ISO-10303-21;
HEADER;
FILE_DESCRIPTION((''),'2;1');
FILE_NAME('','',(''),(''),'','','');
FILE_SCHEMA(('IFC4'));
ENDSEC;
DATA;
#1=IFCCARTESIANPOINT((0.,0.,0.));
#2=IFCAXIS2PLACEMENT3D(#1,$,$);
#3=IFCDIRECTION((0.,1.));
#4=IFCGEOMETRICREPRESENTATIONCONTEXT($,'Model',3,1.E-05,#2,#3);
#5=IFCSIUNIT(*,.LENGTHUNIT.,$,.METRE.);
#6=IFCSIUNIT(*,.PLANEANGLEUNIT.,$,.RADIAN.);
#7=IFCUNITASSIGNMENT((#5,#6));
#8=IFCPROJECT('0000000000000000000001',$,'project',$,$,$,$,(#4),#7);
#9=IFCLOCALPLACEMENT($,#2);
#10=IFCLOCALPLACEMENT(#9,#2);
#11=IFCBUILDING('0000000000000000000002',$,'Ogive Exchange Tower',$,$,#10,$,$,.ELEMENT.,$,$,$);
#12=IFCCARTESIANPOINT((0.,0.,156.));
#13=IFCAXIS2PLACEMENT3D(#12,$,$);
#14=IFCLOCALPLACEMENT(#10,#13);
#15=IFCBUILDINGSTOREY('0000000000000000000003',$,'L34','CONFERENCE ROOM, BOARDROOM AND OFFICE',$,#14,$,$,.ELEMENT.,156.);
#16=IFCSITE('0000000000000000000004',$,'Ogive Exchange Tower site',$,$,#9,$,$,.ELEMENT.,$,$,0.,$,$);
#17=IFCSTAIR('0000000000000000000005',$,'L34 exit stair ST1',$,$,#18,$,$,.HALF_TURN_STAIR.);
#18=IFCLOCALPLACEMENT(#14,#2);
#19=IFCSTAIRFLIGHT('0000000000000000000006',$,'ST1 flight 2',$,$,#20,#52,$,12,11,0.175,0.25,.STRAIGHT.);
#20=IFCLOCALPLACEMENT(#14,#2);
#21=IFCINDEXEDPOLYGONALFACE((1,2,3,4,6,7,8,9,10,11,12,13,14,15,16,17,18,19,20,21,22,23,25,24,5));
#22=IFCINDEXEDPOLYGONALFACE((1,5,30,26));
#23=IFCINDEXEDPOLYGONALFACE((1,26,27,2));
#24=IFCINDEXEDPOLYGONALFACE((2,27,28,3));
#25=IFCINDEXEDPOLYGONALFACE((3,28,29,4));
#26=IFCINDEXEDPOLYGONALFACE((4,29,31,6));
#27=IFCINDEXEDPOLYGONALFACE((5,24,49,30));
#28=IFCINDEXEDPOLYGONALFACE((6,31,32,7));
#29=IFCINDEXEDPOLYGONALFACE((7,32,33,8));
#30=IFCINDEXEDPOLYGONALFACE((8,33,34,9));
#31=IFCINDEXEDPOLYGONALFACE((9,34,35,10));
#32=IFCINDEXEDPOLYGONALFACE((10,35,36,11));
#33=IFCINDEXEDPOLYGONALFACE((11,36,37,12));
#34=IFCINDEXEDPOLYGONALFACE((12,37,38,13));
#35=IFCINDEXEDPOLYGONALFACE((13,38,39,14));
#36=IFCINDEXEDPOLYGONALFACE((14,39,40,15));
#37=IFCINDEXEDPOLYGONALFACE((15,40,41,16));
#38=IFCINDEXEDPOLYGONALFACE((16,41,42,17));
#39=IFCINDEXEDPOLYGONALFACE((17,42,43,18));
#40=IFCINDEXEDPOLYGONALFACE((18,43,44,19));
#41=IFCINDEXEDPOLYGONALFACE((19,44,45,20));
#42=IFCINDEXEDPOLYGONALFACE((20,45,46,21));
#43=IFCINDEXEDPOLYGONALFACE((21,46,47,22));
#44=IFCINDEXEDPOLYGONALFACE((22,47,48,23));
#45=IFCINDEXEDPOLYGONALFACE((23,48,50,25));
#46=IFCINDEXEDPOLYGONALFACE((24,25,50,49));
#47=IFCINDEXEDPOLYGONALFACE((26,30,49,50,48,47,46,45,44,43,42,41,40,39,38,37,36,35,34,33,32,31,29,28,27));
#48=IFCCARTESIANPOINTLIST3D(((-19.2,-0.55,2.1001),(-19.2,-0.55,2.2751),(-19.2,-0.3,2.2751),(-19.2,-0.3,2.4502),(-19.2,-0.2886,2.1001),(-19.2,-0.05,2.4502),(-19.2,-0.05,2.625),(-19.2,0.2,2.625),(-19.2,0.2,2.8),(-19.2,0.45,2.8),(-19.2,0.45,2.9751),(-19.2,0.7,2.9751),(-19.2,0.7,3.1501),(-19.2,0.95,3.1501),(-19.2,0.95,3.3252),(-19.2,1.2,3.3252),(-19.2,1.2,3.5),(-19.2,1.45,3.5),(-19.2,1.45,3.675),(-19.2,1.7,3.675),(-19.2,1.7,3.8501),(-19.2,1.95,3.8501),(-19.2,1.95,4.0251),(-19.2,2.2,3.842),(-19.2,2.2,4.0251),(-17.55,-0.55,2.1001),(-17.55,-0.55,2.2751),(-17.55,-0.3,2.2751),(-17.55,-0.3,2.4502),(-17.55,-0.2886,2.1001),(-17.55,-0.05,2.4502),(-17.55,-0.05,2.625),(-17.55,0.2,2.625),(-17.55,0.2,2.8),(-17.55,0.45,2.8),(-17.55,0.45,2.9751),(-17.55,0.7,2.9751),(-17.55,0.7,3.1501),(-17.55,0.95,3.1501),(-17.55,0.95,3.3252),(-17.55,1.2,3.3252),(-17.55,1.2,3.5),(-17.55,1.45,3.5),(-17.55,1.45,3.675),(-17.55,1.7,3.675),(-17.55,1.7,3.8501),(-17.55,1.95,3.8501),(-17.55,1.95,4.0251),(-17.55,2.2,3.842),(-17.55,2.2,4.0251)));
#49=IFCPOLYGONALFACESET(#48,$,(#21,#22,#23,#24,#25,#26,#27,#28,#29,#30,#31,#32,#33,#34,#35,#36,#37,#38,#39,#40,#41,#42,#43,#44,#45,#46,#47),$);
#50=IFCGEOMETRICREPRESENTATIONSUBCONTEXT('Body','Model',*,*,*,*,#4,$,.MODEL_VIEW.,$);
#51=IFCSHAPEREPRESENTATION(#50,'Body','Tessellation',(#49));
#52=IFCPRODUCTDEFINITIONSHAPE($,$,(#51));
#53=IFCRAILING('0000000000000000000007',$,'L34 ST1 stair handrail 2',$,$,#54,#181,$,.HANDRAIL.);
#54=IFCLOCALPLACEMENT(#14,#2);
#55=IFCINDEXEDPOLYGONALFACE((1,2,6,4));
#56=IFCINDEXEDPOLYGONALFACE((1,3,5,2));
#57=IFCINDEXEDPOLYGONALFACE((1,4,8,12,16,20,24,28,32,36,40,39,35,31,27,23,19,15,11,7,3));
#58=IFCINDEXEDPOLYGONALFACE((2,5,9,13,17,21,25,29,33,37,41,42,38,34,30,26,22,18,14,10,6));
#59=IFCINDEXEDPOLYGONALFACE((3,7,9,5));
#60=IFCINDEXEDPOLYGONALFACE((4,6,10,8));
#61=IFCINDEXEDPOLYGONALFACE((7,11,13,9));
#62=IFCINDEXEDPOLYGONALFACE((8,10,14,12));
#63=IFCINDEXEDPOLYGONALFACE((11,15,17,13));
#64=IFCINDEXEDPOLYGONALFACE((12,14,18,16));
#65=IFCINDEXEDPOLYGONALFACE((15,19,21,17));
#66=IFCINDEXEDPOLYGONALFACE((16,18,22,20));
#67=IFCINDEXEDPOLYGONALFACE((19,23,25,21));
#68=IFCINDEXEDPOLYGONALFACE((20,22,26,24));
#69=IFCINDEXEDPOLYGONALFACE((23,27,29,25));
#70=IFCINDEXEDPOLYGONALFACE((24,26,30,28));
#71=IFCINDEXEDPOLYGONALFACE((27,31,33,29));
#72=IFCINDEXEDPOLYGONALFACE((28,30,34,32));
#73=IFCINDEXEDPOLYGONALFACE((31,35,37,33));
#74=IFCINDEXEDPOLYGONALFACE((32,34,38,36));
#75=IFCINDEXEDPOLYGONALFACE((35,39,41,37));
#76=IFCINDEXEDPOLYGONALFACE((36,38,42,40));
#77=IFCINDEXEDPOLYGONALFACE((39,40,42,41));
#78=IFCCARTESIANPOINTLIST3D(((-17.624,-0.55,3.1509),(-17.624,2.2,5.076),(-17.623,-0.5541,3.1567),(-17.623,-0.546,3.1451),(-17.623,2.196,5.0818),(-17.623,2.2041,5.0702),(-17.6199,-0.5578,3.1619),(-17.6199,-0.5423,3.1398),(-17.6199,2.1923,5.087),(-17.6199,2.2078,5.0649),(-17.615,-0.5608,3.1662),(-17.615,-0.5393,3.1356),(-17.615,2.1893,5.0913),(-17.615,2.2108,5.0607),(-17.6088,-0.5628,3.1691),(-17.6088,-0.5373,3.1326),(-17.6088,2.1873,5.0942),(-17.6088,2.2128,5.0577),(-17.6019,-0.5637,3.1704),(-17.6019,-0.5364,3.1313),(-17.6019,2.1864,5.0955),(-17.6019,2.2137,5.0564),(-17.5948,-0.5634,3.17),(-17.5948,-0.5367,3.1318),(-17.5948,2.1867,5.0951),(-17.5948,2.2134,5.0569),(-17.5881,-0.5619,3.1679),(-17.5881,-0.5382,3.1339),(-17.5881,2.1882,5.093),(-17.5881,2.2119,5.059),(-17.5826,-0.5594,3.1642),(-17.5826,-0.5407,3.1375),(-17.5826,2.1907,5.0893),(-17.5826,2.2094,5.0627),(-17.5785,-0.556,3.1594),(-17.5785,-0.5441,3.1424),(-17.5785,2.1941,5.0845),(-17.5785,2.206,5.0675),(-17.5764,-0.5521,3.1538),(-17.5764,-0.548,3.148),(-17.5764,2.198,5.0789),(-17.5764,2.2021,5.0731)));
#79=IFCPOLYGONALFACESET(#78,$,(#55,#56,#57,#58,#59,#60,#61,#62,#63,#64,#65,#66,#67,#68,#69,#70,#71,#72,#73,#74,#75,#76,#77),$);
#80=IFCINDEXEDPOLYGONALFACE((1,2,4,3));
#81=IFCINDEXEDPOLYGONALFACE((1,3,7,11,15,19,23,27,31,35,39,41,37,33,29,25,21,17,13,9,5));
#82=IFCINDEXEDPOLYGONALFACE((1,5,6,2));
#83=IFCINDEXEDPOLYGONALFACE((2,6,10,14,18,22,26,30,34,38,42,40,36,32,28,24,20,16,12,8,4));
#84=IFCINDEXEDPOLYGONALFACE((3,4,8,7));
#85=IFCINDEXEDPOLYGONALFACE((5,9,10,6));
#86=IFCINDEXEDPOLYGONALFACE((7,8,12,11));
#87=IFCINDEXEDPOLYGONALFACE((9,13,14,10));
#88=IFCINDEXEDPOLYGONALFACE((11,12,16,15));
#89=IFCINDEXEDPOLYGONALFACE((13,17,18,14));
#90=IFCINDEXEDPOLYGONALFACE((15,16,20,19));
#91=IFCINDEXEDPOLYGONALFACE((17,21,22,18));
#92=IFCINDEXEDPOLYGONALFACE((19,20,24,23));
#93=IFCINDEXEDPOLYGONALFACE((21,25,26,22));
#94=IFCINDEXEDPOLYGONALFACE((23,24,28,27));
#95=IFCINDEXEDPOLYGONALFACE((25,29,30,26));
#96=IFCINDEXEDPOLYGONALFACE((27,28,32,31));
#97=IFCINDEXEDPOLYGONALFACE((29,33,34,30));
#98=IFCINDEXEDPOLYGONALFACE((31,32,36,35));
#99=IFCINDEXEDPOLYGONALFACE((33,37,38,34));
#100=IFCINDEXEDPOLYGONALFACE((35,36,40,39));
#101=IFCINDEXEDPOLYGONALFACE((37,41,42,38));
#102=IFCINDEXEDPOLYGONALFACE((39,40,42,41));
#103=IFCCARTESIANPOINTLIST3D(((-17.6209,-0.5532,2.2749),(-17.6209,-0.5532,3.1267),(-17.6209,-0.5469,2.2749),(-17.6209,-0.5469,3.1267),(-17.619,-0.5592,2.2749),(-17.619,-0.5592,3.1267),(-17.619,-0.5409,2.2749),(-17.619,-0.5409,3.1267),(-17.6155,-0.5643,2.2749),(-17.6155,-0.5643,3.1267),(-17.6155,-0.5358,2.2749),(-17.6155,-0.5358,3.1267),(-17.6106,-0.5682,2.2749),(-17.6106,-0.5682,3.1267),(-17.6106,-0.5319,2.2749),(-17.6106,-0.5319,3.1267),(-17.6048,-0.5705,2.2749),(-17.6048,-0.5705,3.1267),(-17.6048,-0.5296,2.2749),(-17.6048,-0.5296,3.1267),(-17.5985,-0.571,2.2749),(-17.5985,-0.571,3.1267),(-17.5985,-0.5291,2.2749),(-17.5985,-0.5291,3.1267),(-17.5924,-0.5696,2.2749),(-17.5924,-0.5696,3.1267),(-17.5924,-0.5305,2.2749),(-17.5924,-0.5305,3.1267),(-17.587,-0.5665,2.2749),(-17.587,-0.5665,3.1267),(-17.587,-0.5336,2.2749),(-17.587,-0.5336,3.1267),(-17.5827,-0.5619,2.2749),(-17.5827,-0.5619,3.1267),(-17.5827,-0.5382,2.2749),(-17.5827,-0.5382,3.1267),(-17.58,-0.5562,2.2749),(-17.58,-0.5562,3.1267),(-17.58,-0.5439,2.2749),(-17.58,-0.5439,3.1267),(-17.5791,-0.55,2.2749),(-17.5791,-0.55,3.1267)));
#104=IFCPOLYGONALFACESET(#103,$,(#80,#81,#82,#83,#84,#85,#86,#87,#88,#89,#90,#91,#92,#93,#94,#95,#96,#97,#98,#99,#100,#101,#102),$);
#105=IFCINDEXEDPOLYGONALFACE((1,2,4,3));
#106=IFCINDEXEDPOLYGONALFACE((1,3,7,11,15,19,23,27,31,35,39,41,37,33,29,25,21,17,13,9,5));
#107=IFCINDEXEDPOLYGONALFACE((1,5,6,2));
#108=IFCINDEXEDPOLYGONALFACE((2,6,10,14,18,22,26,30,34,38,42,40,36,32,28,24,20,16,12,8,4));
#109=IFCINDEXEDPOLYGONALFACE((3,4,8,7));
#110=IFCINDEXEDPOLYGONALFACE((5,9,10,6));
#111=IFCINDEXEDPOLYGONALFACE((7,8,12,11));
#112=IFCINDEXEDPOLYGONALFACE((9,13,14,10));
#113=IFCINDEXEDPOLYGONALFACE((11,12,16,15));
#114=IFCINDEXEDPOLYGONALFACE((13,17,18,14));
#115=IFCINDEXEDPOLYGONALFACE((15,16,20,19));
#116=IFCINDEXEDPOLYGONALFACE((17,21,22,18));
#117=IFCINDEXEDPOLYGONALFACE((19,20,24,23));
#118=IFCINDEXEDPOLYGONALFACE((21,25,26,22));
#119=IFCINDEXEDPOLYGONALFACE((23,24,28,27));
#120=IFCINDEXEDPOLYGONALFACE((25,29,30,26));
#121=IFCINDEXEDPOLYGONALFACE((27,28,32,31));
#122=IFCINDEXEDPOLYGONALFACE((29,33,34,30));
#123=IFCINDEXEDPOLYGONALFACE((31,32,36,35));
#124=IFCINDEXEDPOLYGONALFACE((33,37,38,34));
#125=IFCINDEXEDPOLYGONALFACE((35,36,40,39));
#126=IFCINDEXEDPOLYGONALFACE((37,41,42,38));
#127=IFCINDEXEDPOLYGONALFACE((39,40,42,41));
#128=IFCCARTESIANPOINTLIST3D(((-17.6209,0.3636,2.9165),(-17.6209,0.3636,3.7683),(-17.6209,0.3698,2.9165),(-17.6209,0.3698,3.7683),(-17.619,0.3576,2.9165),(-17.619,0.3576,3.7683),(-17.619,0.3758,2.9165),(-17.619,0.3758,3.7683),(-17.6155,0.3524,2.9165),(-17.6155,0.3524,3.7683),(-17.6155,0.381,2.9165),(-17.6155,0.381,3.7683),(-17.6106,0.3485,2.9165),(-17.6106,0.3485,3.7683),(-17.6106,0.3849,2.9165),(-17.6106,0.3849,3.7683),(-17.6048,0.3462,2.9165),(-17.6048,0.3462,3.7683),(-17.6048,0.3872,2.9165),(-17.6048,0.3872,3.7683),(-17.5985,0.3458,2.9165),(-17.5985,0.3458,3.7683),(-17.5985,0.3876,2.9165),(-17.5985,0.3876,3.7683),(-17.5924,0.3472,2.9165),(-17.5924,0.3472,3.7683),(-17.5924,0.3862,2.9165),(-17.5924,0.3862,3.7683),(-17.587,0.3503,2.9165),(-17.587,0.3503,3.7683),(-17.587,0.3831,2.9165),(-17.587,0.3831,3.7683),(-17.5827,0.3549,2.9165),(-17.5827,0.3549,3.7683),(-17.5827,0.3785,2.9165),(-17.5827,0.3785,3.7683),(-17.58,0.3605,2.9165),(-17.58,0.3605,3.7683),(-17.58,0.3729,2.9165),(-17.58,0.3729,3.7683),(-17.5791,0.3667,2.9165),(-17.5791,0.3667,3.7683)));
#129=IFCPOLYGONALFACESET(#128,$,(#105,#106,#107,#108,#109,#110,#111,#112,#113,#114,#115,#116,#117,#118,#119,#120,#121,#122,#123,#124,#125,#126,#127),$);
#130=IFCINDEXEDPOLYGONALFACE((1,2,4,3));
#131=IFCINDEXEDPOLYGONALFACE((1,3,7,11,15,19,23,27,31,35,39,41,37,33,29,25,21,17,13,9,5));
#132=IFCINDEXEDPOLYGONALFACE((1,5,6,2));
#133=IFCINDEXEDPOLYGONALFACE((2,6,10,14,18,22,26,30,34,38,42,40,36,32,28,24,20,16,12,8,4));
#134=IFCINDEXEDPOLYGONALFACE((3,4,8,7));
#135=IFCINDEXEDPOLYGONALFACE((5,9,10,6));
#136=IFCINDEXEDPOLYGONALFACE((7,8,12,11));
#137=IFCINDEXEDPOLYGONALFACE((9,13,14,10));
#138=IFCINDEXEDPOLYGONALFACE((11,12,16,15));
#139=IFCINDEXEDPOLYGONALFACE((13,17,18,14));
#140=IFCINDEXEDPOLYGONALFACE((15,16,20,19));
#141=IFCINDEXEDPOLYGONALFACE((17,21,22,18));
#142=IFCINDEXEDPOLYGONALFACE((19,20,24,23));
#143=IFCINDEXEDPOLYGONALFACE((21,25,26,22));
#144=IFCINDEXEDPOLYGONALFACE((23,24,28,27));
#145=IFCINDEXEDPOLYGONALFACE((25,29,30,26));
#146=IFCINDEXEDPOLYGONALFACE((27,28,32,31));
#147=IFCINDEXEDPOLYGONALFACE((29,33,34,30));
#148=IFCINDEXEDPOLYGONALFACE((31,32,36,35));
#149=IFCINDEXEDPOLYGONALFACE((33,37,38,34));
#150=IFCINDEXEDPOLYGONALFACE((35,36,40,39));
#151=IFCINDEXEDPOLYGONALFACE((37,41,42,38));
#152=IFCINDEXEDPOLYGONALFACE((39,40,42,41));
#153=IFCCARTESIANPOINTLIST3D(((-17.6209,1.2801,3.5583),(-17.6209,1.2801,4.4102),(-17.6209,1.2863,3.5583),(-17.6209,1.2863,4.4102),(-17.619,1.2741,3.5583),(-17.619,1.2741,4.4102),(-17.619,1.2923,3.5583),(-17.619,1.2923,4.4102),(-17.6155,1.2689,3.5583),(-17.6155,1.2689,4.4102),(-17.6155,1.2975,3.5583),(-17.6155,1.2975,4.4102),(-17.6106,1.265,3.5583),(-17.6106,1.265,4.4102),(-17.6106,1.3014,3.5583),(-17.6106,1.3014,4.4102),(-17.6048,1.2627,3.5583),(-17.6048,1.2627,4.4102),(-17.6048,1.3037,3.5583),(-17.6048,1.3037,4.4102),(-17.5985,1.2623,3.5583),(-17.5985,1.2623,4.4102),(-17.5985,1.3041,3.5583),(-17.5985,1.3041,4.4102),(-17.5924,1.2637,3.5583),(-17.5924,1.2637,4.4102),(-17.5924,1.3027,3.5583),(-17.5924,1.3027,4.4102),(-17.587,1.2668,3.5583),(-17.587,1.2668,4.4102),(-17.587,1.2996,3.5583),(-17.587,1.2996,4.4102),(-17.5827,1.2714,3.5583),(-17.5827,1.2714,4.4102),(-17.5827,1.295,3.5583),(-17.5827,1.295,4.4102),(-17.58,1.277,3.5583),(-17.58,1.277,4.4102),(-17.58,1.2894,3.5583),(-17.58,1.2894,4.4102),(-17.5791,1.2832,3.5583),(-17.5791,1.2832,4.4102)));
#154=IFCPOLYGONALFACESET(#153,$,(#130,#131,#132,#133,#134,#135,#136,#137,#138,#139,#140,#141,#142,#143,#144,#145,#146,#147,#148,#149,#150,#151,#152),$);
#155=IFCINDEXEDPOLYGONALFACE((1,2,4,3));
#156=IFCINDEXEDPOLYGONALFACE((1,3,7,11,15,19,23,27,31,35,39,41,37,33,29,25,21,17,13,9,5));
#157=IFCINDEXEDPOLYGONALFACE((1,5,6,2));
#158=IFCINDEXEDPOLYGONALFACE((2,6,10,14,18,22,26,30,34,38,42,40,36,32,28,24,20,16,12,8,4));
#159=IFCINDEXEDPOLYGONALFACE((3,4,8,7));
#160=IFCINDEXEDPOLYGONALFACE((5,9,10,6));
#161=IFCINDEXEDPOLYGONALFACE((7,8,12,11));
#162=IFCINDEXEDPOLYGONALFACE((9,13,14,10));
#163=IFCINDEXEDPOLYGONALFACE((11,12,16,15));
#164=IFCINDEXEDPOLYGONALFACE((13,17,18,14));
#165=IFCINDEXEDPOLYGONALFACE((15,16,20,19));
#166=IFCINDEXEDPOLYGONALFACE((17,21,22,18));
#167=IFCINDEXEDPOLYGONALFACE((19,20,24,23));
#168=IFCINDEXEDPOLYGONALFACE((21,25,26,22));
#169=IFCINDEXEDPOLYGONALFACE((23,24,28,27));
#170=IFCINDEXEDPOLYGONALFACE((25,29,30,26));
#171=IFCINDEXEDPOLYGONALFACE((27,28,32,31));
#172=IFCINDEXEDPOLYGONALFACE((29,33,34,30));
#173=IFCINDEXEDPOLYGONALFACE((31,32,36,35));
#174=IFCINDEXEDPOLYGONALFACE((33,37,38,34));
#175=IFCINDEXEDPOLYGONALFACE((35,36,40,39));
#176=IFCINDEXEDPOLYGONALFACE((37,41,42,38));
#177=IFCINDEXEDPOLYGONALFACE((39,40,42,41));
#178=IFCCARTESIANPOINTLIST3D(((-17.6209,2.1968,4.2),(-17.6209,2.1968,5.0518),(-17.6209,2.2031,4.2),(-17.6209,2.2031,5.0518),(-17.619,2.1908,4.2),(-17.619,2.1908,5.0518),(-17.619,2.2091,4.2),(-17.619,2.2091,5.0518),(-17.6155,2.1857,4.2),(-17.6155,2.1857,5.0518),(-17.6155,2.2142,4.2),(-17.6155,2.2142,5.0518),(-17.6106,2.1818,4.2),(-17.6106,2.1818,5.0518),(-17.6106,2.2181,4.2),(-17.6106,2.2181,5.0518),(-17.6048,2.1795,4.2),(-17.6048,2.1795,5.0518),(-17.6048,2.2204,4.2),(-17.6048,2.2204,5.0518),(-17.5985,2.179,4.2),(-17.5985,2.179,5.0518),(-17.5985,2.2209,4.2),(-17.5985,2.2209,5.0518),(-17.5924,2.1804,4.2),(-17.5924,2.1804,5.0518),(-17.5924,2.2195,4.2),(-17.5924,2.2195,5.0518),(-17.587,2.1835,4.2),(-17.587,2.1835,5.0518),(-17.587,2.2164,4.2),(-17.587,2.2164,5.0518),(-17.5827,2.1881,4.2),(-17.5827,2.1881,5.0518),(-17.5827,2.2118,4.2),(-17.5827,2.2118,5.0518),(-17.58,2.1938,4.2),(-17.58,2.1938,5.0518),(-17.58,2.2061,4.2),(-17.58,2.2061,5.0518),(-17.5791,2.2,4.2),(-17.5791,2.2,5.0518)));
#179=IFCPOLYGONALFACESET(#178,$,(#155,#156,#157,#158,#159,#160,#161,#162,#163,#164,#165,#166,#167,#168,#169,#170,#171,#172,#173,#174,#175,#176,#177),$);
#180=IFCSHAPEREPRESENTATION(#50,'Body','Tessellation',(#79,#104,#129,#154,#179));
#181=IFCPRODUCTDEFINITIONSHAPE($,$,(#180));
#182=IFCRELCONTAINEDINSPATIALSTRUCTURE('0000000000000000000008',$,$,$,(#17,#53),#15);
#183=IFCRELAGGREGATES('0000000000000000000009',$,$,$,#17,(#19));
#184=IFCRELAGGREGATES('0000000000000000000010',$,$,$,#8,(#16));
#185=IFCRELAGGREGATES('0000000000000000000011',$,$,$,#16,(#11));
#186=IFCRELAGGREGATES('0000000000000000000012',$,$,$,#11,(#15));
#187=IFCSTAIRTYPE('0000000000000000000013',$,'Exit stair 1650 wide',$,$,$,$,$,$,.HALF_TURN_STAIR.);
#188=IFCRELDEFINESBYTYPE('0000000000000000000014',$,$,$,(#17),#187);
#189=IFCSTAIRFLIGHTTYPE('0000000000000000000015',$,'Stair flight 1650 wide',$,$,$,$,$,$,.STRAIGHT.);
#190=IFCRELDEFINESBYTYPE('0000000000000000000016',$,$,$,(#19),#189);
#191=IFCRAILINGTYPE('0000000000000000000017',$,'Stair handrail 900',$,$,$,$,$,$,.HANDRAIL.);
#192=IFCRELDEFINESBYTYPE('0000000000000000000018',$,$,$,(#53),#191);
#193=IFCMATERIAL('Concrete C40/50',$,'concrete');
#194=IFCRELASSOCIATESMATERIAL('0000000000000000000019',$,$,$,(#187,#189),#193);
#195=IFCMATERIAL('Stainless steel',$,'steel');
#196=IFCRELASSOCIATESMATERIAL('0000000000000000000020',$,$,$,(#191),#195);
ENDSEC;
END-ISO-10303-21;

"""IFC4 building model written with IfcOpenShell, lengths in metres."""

from ifc_helpers import new_model, si_unit, direction, frame, origin, origin_2d, place, context, subcontext, project, spatial, polyline, circle, outline, extrude, material, type_object, element, aggregate, save


model = new_model("IFC4")

# Units and contexts
model_context = context("Model", 3, precision=1e-05, world=origin(), true_north=direction((0.0, 1.0)))
body_context = subcontext(model_context, "Body", "Model", "MODEL_VIEW")
ifc_project = project(units=[si_unit("LENGTHUNIT", "METRE"), si_unit("PLANEANGLEUNIT", "RADIAN")], contexts=[model_context])

# Site, building, storey
site_placement = place(None, origin())
site = spatial("IfcSite", under=ifc_project, at=site_placement, Name="Ogive Exchange Tower site", CompositionType="ELEMENT", RefElevation=0.0)
building_placement = place(site_placement, origin())
building = spatial("IfcBuilding", under=site, at=building_placement, Name="Ogive Exchange Tower", CompositionType="ELEMENT")
storey_placement = place(building_placement, frame((0.0, 0.0, 156.0)))
storey = spatial("IfcBuildingStorey", under=building, at=storey_placement, Name="L34", Description="CONFERENCE ROOM, BOARDROOM AND OFFICE", CompositionType="ELEMENT", Elevation=156.0)

# Shared definitions
ifc_material_1 = material(Name="Stainless steel", Category="steel")

# Stair, stair flight
ifc_material_2 = material(Name="Concrete C40/50", Category="concrete")
stair_type = type_object("IfcStairType", Name="Exit stair 1650 wide", PredefinedType="HALF_TURN_STAIR", material=ifc_material_2)
stair_placement = place(storey_placement, origin())
stair = element("IfcStair", 1, at=stair_placement, inside=storey, type_object=stair_type, Name="L34 exit stair ST1", PredefinedType="HALF_TURN_STAIR")
stair_flight_type = type_object("IfcStairFlightType", Name="Stair flight 1650 wide", PredefinedType="STRAIGHT", material=ifc_material_2)
stair_flight_placement = place(storey_placement, frame((-18.375, -0.55, 2.1001), z_axis=(0.0, 0.0, 1.0), x_axis=(0.0, 1.0, 0.0)))
stair_flight = element("IfcStairFlight", 2, at=stair_flight_placement, type_object=stair_flight_type, Name="ST1 flight 2", NumberOfRisers=12, NumberOfTreads=11, PredefinedType="STRAIGHT", RiserHeight=0.175, TreadLength=0.25, context=body_context, shape_type="SweptSolid", body=[
    extrude(outline(polyline([(0.0, 0.0), (0.0, 0.175), (0.25, 0.175), (0.25, 0.3501), (0.5, 0.3501), (0.5, 0.5249), (0.75, 0.5249), (0.75, 0.7), (1.0, 0.7), (1.0, 0.875), (1.25, 0.875), (1.25, 1.05), (1.5, 1.05), (1.5, 1.2251), (1.75, 1.2251), (1.75, 1.3999), (2.0, 1.3999), (2.0, 1.575), (2.25, 1.575), (2.25, 1.75), (2.5, 1.75), (2.5, 1.925), (2.75, 1.925), (2.75, 2.1001), (2.75, 1.7419), (0.2615, 0.0), (0.0, 0.0)])), frame((0.0, 0.825, 0.0), z_axis=(0.0, -1.0, 0.0), x_axis=(1.0, 0.0, 0.0)), (0.0, 0.0, 1.0), 1.6499),
])
aggregate(stair, [stair_flight])

# Railing
railing_type = type_object("IfcRailingType", Name="Stair handrail 900", PredefinedType="HANDRAIL", material=ifc_material_1)
railing_placement = place(storey_placement, frame((-17.6001, -0.55, 2.2749)))
element("IfcRailing", 3, at=railing_placement, inside=storey, type_object=railing_type, Name="L34 ST1 stair handrail 2", PredefinedType="HANDRAIL", context=body_context, shape_type="SweptSolid", body=[
    extrude(circle(Radius=0.0239, at=origin_2d()), frame((0.0, 0.0, 0.876), z_axis=(0.0, 0.819225, 0.573472), x_axis=(-1.0, 0.0, 0.0)), (0.0, 0.0, 1.0), 3.3569),
    extrude(circle(Radius=0.021, at=origin_2d()), origin(), (0.0, 0.0, 1.0), 0.8518),
    extrude(circle(Radius=0.021, at=origin_2d()), frame((0.0, 0.9167, 0.6416)), (0.0, 0.0, 1.0), 0.8518),
    extrude(circle(Radius=0.021, at=origin_2d()), frame((0.0, 1.8333, 1.2834)), (0.0, 0.0, 1.0), 0.8518),
    extrude(circle(Radius=0.021, at=origin_2d()), frame((0.0, 2.75, 1.925)), (0.0, 0.0, 1.0), 0.8518),
])

save(model, "model.ifc")
